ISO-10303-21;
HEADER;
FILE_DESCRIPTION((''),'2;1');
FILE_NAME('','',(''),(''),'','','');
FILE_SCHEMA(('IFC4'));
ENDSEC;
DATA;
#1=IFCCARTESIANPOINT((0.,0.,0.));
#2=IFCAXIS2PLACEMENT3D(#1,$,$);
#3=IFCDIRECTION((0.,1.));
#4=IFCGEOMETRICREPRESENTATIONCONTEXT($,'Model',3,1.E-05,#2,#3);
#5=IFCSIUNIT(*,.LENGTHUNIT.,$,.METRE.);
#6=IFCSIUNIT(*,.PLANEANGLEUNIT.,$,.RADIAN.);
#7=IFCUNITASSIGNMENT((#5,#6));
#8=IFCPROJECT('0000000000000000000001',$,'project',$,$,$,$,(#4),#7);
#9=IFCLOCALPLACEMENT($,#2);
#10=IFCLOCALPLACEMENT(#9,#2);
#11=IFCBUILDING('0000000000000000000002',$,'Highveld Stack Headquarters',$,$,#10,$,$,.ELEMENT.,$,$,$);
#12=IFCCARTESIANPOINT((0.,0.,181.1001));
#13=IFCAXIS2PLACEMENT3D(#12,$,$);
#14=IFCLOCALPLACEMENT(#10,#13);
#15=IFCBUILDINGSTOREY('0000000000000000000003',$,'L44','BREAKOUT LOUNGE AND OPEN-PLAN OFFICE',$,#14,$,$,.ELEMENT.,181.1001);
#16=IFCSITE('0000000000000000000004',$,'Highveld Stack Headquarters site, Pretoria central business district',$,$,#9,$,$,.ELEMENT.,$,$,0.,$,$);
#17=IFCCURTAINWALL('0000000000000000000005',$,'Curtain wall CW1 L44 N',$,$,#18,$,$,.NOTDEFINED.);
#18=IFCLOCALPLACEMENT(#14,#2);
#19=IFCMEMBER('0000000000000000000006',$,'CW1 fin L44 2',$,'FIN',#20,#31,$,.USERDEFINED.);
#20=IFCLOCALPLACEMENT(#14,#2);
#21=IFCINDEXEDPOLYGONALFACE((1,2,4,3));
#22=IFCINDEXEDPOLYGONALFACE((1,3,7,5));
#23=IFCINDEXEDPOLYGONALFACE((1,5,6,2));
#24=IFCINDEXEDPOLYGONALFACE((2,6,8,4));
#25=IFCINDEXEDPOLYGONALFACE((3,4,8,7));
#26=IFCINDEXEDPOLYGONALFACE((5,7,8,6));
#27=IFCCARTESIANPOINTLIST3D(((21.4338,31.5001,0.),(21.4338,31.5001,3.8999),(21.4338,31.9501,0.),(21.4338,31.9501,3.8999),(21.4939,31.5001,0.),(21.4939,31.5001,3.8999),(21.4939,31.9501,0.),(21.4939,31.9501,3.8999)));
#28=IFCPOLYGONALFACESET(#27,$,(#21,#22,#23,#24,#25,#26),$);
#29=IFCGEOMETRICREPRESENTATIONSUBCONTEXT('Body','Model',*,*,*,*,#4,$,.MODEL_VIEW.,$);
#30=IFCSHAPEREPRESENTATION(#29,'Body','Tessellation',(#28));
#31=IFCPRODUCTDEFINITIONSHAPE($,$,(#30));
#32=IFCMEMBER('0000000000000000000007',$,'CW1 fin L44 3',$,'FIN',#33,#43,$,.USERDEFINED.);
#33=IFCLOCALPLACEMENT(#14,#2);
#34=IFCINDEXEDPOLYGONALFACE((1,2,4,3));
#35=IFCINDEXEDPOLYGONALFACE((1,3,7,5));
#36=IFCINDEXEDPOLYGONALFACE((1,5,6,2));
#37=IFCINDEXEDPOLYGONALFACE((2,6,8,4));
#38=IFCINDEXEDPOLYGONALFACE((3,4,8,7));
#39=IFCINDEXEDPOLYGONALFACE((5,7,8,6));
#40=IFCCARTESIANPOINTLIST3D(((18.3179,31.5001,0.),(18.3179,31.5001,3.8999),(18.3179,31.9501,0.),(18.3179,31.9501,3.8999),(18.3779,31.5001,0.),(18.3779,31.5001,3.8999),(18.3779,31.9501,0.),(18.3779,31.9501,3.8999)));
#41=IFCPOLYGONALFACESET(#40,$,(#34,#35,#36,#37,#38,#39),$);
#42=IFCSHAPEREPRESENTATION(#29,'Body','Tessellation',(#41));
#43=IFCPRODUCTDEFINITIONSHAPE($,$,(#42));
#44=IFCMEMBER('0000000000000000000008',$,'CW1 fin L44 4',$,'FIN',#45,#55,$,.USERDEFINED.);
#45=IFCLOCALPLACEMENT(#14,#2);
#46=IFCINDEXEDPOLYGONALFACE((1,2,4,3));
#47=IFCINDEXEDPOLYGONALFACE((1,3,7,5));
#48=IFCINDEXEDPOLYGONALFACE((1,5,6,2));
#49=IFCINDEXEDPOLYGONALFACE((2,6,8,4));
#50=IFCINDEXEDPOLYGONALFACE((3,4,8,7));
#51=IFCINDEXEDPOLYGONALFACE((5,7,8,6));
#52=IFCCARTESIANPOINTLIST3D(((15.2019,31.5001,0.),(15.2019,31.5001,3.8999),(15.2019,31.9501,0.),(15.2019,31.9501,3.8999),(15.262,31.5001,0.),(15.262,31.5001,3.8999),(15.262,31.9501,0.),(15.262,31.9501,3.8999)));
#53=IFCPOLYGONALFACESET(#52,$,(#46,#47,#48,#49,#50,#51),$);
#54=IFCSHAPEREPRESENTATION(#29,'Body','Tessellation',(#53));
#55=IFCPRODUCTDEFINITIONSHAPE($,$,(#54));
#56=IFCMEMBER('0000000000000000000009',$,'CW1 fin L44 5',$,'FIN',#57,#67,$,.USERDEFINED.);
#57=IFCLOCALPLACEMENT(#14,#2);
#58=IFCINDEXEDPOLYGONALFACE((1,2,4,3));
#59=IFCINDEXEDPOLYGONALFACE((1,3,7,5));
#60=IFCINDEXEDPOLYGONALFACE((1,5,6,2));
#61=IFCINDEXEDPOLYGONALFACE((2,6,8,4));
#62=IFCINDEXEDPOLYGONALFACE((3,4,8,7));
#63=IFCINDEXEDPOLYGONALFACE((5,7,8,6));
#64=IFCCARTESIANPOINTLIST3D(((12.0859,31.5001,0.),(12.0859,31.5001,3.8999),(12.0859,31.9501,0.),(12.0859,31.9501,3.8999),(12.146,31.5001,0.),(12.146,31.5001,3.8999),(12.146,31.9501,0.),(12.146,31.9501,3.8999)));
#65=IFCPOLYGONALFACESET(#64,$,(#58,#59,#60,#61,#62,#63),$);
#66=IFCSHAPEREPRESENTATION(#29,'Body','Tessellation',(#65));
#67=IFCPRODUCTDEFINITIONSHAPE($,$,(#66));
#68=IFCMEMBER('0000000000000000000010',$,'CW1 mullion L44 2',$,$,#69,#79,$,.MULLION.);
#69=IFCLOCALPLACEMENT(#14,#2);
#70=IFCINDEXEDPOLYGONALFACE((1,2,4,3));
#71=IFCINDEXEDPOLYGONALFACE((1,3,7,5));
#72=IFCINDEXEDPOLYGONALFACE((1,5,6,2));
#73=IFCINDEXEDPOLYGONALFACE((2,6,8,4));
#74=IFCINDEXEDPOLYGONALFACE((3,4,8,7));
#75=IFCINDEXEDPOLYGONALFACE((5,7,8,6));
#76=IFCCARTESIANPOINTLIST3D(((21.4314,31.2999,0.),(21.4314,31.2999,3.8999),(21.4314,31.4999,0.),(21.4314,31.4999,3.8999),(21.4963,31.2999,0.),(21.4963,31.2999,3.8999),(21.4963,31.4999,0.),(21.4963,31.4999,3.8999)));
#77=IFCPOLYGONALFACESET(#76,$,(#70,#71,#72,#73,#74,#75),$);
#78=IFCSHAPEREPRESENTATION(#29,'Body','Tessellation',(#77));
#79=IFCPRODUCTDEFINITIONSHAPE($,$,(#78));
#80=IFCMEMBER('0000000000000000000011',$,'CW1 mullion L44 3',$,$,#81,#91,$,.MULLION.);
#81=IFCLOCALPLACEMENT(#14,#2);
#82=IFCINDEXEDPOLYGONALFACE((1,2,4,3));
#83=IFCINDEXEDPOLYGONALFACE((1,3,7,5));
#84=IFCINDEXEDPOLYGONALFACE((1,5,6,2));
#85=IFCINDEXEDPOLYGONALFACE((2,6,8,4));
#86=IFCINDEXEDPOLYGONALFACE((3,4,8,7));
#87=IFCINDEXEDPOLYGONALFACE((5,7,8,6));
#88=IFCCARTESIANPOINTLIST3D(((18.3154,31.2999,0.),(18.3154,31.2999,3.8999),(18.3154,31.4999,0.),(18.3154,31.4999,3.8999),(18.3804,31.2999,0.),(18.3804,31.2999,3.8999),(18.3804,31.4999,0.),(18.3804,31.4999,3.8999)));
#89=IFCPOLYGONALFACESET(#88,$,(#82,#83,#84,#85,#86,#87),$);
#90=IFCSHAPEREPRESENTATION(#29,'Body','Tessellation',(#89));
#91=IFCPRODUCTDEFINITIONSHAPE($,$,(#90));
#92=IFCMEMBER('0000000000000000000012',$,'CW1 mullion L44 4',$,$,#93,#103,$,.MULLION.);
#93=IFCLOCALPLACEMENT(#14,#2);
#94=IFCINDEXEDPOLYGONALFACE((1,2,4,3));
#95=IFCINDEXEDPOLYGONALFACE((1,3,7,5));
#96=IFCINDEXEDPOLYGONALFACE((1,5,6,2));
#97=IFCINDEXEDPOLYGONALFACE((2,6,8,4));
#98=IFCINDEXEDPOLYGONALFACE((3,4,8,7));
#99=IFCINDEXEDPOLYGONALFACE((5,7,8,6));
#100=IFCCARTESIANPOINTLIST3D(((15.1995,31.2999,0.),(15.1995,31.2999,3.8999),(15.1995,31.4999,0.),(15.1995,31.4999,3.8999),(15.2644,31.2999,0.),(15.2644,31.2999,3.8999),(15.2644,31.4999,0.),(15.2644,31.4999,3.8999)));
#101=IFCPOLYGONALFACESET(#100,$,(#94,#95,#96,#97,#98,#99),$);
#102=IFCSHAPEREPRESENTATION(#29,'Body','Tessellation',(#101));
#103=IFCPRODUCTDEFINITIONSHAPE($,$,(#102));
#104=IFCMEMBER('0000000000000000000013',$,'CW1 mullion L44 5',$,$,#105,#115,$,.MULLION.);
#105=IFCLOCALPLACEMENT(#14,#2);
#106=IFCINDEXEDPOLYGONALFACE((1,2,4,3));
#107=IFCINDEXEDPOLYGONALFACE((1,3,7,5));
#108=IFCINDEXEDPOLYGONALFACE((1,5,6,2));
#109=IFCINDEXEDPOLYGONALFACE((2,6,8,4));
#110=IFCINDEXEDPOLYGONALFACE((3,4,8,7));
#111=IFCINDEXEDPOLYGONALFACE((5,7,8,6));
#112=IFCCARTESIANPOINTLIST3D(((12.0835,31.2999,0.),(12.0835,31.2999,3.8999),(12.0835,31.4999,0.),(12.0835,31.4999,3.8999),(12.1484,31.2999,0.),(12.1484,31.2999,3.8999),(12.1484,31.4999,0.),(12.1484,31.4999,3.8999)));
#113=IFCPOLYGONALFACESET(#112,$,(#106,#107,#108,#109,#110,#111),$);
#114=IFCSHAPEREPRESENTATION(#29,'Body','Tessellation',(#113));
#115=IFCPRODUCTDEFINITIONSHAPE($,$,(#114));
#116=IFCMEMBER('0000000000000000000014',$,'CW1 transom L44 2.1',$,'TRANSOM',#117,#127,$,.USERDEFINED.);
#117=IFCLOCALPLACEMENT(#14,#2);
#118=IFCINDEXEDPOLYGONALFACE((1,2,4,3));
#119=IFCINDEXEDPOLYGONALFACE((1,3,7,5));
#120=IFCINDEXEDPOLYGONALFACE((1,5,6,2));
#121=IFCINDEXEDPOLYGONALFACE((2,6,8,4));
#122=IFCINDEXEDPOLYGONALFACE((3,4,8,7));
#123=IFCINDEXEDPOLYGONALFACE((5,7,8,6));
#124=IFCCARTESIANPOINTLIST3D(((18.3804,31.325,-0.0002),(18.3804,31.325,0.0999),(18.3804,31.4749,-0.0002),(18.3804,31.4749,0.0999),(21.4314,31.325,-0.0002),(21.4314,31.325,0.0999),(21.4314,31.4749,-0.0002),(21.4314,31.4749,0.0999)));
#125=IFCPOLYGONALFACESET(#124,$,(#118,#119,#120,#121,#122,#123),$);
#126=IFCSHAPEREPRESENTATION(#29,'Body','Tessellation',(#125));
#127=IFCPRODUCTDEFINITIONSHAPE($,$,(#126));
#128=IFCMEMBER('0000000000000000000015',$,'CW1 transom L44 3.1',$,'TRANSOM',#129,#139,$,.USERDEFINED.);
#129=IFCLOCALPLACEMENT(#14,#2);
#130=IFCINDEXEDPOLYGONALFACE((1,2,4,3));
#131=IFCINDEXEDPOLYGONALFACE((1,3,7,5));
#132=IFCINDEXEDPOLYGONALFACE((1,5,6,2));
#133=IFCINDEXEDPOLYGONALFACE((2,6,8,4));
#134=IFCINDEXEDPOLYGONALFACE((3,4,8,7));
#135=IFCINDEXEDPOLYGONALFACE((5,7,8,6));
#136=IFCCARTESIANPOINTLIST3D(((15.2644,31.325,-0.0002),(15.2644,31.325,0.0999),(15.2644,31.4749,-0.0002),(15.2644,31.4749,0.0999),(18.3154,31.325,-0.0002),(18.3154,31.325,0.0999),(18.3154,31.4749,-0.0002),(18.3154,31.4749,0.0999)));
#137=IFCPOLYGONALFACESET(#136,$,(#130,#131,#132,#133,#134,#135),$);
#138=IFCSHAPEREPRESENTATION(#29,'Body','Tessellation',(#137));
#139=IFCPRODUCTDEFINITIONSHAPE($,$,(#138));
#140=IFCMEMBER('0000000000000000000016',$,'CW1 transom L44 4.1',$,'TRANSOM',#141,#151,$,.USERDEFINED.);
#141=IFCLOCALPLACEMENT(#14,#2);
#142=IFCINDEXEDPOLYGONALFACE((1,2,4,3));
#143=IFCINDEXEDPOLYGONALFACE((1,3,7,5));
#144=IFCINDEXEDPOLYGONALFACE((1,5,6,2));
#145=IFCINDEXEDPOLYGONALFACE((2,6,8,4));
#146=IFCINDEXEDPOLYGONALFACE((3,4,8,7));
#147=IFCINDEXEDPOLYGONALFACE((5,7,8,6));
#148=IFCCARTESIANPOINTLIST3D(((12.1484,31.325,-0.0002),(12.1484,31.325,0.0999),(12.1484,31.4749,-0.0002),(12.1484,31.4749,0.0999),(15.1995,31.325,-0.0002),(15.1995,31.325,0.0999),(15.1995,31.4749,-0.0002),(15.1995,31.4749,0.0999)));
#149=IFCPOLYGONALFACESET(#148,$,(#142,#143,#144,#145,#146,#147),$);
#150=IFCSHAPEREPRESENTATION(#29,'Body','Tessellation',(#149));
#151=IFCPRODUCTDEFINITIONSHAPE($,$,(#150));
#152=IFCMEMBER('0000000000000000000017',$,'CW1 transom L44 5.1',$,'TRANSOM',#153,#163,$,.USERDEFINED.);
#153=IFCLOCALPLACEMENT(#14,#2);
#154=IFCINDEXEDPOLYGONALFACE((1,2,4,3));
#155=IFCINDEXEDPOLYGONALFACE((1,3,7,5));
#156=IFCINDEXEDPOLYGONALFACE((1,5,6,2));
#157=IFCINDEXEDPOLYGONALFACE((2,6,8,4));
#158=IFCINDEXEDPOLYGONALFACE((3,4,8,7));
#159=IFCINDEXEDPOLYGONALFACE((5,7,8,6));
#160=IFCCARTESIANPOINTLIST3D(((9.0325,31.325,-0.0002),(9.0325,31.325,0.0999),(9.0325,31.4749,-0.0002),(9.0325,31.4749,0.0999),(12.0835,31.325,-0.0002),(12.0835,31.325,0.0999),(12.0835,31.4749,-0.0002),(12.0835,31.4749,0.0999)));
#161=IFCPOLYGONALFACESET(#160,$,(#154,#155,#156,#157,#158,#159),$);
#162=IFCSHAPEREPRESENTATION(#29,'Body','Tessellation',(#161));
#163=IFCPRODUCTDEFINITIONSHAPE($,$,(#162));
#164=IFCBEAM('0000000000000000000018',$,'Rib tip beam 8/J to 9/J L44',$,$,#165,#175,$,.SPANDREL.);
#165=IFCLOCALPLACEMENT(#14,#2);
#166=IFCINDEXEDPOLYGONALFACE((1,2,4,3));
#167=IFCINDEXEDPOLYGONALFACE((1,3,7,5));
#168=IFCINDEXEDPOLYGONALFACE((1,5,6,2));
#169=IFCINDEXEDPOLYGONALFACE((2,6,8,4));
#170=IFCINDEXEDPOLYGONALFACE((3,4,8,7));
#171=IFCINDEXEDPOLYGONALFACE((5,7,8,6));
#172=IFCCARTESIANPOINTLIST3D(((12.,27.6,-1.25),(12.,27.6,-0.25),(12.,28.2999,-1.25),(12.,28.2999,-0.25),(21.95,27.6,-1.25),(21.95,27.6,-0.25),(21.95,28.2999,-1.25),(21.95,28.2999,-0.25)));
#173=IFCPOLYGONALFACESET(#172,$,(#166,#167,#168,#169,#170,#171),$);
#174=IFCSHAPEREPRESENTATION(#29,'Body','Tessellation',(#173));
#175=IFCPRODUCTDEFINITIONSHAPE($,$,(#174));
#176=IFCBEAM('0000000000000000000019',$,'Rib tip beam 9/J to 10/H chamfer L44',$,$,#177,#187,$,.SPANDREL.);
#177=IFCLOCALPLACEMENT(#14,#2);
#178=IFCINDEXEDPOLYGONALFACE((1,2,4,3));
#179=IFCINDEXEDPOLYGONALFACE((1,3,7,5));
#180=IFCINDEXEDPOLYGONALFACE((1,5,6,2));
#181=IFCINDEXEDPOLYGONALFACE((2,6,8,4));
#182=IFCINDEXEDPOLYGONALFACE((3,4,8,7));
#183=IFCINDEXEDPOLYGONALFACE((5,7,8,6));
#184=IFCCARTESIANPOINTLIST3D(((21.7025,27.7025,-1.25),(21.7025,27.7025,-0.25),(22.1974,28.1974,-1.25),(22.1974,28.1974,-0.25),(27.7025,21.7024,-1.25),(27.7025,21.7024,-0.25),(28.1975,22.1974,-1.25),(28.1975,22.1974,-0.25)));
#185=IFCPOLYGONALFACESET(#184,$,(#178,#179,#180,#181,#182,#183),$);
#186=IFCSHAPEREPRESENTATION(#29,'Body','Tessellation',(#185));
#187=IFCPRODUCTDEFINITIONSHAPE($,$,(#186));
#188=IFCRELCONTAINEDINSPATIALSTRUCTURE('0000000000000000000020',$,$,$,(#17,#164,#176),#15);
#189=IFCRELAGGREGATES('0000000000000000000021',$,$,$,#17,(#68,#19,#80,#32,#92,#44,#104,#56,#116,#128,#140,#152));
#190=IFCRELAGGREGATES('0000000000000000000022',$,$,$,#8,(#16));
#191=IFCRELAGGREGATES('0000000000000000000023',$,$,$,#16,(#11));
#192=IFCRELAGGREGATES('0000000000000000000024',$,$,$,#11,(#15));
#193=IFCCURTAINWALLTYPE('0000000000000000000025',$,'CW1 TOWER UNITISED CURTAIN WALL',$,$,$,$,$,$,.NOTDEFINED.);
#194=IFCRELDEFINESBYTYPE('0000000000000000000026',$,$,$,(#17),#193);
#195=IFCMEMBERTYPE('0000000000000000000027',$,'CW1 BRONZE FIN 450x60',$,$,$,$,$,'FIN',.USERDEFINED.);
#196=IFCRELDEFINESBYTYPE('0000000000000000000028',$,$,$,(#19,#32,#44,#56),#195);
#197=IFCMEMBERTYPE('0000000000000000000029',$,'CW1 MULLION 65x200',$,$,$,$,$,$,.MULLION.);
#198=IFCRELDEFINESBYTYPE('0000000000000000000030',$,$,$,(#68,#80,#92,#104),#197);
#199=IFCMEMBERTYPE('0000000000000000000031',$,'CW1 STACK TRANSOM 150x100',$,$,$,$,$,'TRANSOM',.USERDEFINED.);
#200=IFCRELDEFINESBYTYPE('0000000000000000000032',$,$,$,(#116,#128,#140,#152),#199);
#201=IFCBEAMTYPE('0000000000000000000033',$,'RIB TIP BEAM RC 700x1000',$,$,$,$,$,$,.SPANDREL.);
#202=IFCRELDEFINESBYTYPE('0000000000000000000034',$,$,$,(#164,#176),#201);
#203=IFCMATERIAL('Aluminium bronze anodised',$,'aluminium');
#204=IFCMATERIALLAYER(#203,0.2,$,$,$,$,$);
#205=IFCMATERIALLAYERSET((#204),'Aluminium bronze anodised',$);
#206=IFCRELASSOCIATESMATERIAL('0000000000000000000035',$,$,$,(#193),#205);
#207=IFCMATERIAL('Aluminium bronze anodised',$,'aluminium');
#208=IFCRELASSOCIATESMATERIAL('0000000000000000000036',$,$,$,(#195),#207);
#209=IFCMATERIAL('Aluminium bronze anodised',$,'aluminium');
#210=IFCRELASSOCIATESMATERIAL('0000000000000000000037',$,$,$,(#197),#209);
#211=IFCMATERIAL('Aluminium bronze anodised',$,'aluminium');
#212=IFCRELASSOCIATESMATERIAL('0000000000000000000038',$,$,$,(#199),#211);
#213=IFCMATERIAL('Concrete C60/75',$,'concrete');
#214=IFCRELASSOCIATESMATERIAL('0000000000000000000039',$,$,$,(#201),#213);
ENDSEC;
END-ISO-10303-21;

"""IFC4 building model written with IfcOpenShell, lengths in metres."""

from ifc_helpers import new_model, si_unit, direction, frame, origin, origin_2d, place, context, subcontext, project, spatial, rectangle, extrude, material, layer, layer_set, material_profile, profile_set, type_object, element, aggregate, save


model = new_model("IFC4")

# Units and contexts
model_context = context("Model", 3, precision=1e-05, world=origin(), true_north=direction((0.0, 1.0)))
body_context = subcontext(model_context, "Body", "Model", "MODEL_VIEW")
ifc_project = project(units=[si_unit("LENGTHUNIT", "METRE"), si_unit("PLANEANGLEUNIT", "RADIAN")], contexts=[model_context])

# Site, building, storey
site_placement = place(None, origin())
site = spatial("IfcSite", under=ifc_project, at=site_placement, Name="Highveld Stack Headquarters site, Pretoria central business district", CompositionType="ELEMENT", RefElevation=0.0)
building_placement = place(site_placement, origin())
building = spatial("IfcBuilding", under=site, at=building_placement, Name="Highveld Stack Headquarters", CompositionType="ELEMENT")
storey_placement = place(building_placement, frame((0.0, 0.0, 181.1001)))
storey = spatial("IfcBuildingStorey", under=building, at=storey_placement, Name="L44", Description="BREAKOUT LOUNGE AND OPEN-PLAN OFFICE", CompositionType="ELEMENT", Elevation=181.1001)

# Curtain wall, members
ifc_material_1 = material(Name="Aluminium bronze anodised", Category="aluminium")
ifc_layer_1 = layer(ifc_material_1, 0.2)
ifc_layer_set_1 = layer_set([ifc_layer_1], Name="Aluminium bronze anodised")
curtain_wall_type = type_object("IfcCurtainWallType", Name="CW1 TOWER UNITISED CURTAIN WALL", PredefinedType="NOTDEFINED", material=ifc_layer_set_1)
curtain_wall_placement = place(storey_placement, origin())
curtain_wall = element("IfcCurtainWall", 1, at=curtain_wall_placement, inside=storey, type_object=curtain_wall_type, Name="Curtain wall CW1 L44 N", PredefinedType="NOTDEFINED")
ifc_material_2 = material(Name="Aluminium bronze anodised", Category="aluminium")
ifc_material_profile_1 = material_profile(ifc_material_2, rectangle(XDim=0.45, YDim=0.0601, at=origin_2d()), Name="FIN 450x60")
ifc_profile_set_1 = profile_set([ifc_material_profile_1], Name="Aluminium bronze anodised")
member_type_1 = type_object("IfcMemberType", Name="CW1 BRONZE FIN 450x60", ElementType="FIN", PredefinedType="USERDEFINED", material=ifc_profile_set_1)
member_1_placement = place(storey_placement, frame((21.4639, 31.7251, 0.0), z_axis=(0.0, 0.0, 1.0), x_axis=(0.0, -1.0, 0.0)))
member_1 = element("IfcMember", 2, at=member_1_placement, type_object=member_type_1, Name="CW1 fin L44 2", ObjectType="FIN", PredefinedType="USERDEFINED", context=body_context, shape_type="SweptSolid", body=[
    extrude(rectangle(XDim=0.45, YDim=0.0601, at=origin_2d()), origin(), (0.0, 0.0, 1.0), 3.8999),
])
member_2_placement = place(storey_placement, frame((18.3479, 31.7251, 0.0), z_axis=(0.0, 0.0, 1.0), x_axis=(0.0, -1.0, 0.0)))
member_2 = element("IfcMember", 3, at=member_2_placement, type_object=member_type_1, Name="CW1 fin L44 3", ObjectType="FIN", PredefinedType="USERDEFINED", context=body_context, shape_type="SweptSolid", body=[
    extrude(rectangle(XDim=0.45, YDim=0.0601, at=origin_2d()), origin(), (0.0, 0.0, 1.0), 3.8999),
])
member_3_placement = place(storey_placement, frame((15.2319, 31.7251, 0.0), z_axis=(0.0, 0.0, 1.0), x_axis=(0.0, -1.0, 0.0)))
member_3 = element("IfcMember", 4, at=member_3_placement, type_object=member_type_1, Name="CW1 fin L44 4", ObjectType="FIN", PredefinedType="USERDEFINED", context=body_context, shape_type="SweptSolid", body=[
    extrude(rectangle(XDim=0.45, YDim=0.0601, at=origin_2d()), origin(), (0.0, 0.0, 1.0), 3.8999),
])
member_4_placement = place(storey_placement, frame((12.116, 31.7251, 0.0), z_axis=(0.0, 0.0, 1.0), x_axis=(0.0, -1.0, 0.0)))
member_4 = element("IfcMember", 5, at=member_4_placement, type_object=member_type_1, Name="CW1 fin L44 5", ObjectType="FIN", PredefinedType="USERDEFINED", context=body_context, shape_type="SweptSolid", body=[
    extrude(rectangle(XDim=0.45, YDim=0.0601, at=origin_2d()), origin(), (0.0, 0.0, 1.0), 3.8999),
])
ifc_material_3 = material(Name="Aluminium bronze anodised", Category="aluminium")
ifc_material_profile_2 = material_profile(ifc_material_3, rectangle(XDim=0.2, YDim=0.0649, at=origin_2d()), Name="CW1 MULLION 65x200")
ifc_profile_set_2 = profile_set([ifc_material_profile_2], Name="Aluminium bronze anodised")
member_type_2 = type_object("IfcMemberType", Name="CW1 MULLION 65x200", PredefinedType="MULLION", material=ifc_profile_set_2)
member_5_placement = place(storey_placement, frame((21.4639, 31.3999, 0.0), z_axis=(0.0, 0.0, 1.0), x_axis=(0.0, -1.0, 0.0)))
member_5 = element("IfcMember", 6, at=member_5_placement, type_object=member_type_2, Name="CW1 mullion L44 2", PredefinedType="MULLION", context=body_context, shape_type="SweptSolid", body=[
    extrude(rectangle(XDim=0.2, YDim=0.0649, at=origin_2d()), origin(), (0.0, 0.0, 1.0), 3.8999),
])
member_6_placement = place(storey_placement, frame((18.3479, 31.3999, 0.0), z_axis=(0.0, 0.0, 1.0), x_axis=(0.0, -1.0, 0.0)))
member_6 = element("IfcMember", 7, at=member_6_placement, type_object=member_type_2, Name="CW1 mullion L44 3", PredefinedType="MULLION", context=body_context, shape_type="SweptSolid", body=[
    extrude(rectangle(XDim=0.2, YDim=0.0649, at=origin_2d()), origin(), (0.0, 0.0, 1.0), 3.8999),
])
member_7_placement = place(storey_placement, frame((15.2319, 31.3999, 0.0), z_axis=(0.0, 0.0, 1.0), x_axis=(0.0, -1.0, 0.0)))
member_7 = element("IfcMember", 8, at=member_7_placement, type_object=member_type_2, Name="CW1 mullion L44 4", PredefinedType="MULLION", context=body_context, shape_type="SweptSolid", body=[
    extrude(rectangle(XDim=0.2, YDim=0.0649, at=origin_2d()), origin(), (0.0, 0.0, 1.0), 3.8999),
])
member_8_placement = place(storey_placement, frame((12.116, 31.3999, 0.0), z_axis=(0.0, 0.0, 1.0), x_axis=(0.0, -1.0, 0.0)))
member_8 = element("IfcMember", 9, at=member_8_placement, type_object=member_type_2, Name="CW1 mullion L44 5", PredefinedType="MULLION", context=body_context, shape_type="SweptSolid", body=[
    extrude(rectangle(XDim=0.2, YDim=0.0649, at=origin_2d()), origin(), (0.0, 0.0, 1.0), 3.8999),
])
ifc_material_4 = material(Name="Aluminium bronze anodised", Category="aluminium")
ifc_material_profile_3 = material_profile(ifc_material_4, rectangle(XDim=0.1499, YDim=0.1001, at=origin_2d()), Name="CW1 TRANSOM 150x100")
ifc_profile_set_3 = profile_set([ifc_material_profile_3], Name="Aluminium bronze anodised")
member_type_3 = type_object("IfcMemberType", Name="CW1 STACK TRANSOM 150x100", ElementType="TRANSOM", PredefinedType="USERDEFINED", material=ifc_profile_set_3)
member_9_placement = place(storey_placement, frame((21.4314, 31.3999, 0.0498), z_axis=(-1.0, 0.0, 0.0), x_axis=(0.0, -1.0, 0.0)))
member_9 = element("IfcMember", 10, at=member_9_placement, type_object=member_type_3, Name="CW1 transom L44 2.1", ObjectType="TRANSOM", PredefinedType="USERDEFINED", context=body_context, shape_type="SweptSolid", body=[
    extrude(rectangle(XDim=0.1499, YDim=0.1001, at=origin_2d()), origin(), (0.0, 0.0, 1.0), 3.051),
])
member_10_placement = place(storey_placement, frame((18.3154, 31.3999, 0.0498), z_axis=(-1.0, 0.0, 0.0), x_axis=(0.0, -1.0, 0.0)))
member_10 = element("IfcMember", 11, at=member_10_placement, type_object=member_type_3, Name="CW1 transom L44 3.1", ObjectType="TRANSOM", PredefinedType="USERDEFINED", context=body_context, shape_type="SweptSolid", body=[
    extrude(rectangle(XDim=0.1499, YDim=0.1001, at=origin_2d()), origin(), (0.0, 0.0, 1.0), 3.051),
])
member_11_placement = place(storey_placement, frame((15.1995, 31.3999, 0.0498), z_axis=(-1.0, 0.0, 0.0), x_axis=(0.0, -1.0, 0.0)))
member_11 = element("IfcMember", 12, at=member_11_placement, type_object=member_type_3, Name="CW1 transom L44 4.1", ObjectType="TRANSOM", PredefinedType="USERDEFINED", context=body_context, shape_type="SweptSolid", body=[
    extrude(rectangle(XDim=0.1499, YDim=0.1001, at=origin_2d()), origin(), (0.0, 0.0, 1.0), 3.051),
])
member_12_placement = place(storey_placement, frame((12.0835, 31.3999, 0.0498), z_axis=(-1.0, 0.0, 0.0), x_axis=(0.0, -1.0, 0.0)))
member_12 = element("IfcMember", 13, at=member_12_placement, type_object=member_type_3, Name="CW1 transom L44 5.1", ObjectType="TRANSOM", PredefinedType="USERDEFINED", context=body_context, shape_type="SweptSolid", body=[
    extrude(rectangle(XDim=0.1499, YDim=0.1001, at=origin_2d()), origin(), (0.0, 0.0, 1.0), 3.051),
])

# Beams
ifc_material_5 = material(Name="Concrete C60/75", Category="concrete")
ifc_material_profile_4 = material_profile(ifc_material_5, rectangle(XDim=0.7, YDim=1.0, at=origin_2d()), Name="RC 700x1000")
ifc_profile_set_4 = profile_set([ifc_material_profile_4], Name="Concrete C60/75")
beam_type = type_object("IfcBeamType", Name="RIB TIP BEAM RC 700x1000", PredefinedType="SPANDREL", material=ifc_profile_set_4)
beam_1_placement = place(storey_placement, frame((12.0, 27.95, -0.75), z_axis=(1.0, 0.0, 0.0), x_axis=(0.0, 1.0, 0.0)))
element("IfcBeam", 14, at=beam_1_placement, inside=storey, type_object=beam_type, Name="Rib tip beam 8/J to 9/J L44", PredefinedType="SPANDREL", context=body_context, shape_type="SweptSolid", body=[
    extrude(rectangle(XDim=0.7, YDim=1.0, at=origin_2d()), origin(), (0.0, 0.0, 1.0), 9.95),
])
beam_2_placement = place(storey_placement, frame((21.95, 27.95, -0.75), z_axis=(0.707107, -0.707107, 0.0), x_axis=(0.707107, 0.707107, 0.0)))
element("IfcBeam", 15, at=beam_2_placement, inside=storey, type_object=beam_type, Name="Rib tip beam 9/J to 10/H chamfer L44", PredefinedType="SPANDREL", context=body_context, shape_type="SweptSolid", body=[
    extrude(rectangle(XDim=0.7, YDim=1.0, at=origin_2d()), origin(), (0.0, 0.0, 1.0), 8.4854),
])

aggregate(curtain_wall, [member_5, member_1, member_6, member_2, member_7, member_3, member_8, member_4, member_9, member_10, member_11, member_12])

save(model, "model.ifc")
